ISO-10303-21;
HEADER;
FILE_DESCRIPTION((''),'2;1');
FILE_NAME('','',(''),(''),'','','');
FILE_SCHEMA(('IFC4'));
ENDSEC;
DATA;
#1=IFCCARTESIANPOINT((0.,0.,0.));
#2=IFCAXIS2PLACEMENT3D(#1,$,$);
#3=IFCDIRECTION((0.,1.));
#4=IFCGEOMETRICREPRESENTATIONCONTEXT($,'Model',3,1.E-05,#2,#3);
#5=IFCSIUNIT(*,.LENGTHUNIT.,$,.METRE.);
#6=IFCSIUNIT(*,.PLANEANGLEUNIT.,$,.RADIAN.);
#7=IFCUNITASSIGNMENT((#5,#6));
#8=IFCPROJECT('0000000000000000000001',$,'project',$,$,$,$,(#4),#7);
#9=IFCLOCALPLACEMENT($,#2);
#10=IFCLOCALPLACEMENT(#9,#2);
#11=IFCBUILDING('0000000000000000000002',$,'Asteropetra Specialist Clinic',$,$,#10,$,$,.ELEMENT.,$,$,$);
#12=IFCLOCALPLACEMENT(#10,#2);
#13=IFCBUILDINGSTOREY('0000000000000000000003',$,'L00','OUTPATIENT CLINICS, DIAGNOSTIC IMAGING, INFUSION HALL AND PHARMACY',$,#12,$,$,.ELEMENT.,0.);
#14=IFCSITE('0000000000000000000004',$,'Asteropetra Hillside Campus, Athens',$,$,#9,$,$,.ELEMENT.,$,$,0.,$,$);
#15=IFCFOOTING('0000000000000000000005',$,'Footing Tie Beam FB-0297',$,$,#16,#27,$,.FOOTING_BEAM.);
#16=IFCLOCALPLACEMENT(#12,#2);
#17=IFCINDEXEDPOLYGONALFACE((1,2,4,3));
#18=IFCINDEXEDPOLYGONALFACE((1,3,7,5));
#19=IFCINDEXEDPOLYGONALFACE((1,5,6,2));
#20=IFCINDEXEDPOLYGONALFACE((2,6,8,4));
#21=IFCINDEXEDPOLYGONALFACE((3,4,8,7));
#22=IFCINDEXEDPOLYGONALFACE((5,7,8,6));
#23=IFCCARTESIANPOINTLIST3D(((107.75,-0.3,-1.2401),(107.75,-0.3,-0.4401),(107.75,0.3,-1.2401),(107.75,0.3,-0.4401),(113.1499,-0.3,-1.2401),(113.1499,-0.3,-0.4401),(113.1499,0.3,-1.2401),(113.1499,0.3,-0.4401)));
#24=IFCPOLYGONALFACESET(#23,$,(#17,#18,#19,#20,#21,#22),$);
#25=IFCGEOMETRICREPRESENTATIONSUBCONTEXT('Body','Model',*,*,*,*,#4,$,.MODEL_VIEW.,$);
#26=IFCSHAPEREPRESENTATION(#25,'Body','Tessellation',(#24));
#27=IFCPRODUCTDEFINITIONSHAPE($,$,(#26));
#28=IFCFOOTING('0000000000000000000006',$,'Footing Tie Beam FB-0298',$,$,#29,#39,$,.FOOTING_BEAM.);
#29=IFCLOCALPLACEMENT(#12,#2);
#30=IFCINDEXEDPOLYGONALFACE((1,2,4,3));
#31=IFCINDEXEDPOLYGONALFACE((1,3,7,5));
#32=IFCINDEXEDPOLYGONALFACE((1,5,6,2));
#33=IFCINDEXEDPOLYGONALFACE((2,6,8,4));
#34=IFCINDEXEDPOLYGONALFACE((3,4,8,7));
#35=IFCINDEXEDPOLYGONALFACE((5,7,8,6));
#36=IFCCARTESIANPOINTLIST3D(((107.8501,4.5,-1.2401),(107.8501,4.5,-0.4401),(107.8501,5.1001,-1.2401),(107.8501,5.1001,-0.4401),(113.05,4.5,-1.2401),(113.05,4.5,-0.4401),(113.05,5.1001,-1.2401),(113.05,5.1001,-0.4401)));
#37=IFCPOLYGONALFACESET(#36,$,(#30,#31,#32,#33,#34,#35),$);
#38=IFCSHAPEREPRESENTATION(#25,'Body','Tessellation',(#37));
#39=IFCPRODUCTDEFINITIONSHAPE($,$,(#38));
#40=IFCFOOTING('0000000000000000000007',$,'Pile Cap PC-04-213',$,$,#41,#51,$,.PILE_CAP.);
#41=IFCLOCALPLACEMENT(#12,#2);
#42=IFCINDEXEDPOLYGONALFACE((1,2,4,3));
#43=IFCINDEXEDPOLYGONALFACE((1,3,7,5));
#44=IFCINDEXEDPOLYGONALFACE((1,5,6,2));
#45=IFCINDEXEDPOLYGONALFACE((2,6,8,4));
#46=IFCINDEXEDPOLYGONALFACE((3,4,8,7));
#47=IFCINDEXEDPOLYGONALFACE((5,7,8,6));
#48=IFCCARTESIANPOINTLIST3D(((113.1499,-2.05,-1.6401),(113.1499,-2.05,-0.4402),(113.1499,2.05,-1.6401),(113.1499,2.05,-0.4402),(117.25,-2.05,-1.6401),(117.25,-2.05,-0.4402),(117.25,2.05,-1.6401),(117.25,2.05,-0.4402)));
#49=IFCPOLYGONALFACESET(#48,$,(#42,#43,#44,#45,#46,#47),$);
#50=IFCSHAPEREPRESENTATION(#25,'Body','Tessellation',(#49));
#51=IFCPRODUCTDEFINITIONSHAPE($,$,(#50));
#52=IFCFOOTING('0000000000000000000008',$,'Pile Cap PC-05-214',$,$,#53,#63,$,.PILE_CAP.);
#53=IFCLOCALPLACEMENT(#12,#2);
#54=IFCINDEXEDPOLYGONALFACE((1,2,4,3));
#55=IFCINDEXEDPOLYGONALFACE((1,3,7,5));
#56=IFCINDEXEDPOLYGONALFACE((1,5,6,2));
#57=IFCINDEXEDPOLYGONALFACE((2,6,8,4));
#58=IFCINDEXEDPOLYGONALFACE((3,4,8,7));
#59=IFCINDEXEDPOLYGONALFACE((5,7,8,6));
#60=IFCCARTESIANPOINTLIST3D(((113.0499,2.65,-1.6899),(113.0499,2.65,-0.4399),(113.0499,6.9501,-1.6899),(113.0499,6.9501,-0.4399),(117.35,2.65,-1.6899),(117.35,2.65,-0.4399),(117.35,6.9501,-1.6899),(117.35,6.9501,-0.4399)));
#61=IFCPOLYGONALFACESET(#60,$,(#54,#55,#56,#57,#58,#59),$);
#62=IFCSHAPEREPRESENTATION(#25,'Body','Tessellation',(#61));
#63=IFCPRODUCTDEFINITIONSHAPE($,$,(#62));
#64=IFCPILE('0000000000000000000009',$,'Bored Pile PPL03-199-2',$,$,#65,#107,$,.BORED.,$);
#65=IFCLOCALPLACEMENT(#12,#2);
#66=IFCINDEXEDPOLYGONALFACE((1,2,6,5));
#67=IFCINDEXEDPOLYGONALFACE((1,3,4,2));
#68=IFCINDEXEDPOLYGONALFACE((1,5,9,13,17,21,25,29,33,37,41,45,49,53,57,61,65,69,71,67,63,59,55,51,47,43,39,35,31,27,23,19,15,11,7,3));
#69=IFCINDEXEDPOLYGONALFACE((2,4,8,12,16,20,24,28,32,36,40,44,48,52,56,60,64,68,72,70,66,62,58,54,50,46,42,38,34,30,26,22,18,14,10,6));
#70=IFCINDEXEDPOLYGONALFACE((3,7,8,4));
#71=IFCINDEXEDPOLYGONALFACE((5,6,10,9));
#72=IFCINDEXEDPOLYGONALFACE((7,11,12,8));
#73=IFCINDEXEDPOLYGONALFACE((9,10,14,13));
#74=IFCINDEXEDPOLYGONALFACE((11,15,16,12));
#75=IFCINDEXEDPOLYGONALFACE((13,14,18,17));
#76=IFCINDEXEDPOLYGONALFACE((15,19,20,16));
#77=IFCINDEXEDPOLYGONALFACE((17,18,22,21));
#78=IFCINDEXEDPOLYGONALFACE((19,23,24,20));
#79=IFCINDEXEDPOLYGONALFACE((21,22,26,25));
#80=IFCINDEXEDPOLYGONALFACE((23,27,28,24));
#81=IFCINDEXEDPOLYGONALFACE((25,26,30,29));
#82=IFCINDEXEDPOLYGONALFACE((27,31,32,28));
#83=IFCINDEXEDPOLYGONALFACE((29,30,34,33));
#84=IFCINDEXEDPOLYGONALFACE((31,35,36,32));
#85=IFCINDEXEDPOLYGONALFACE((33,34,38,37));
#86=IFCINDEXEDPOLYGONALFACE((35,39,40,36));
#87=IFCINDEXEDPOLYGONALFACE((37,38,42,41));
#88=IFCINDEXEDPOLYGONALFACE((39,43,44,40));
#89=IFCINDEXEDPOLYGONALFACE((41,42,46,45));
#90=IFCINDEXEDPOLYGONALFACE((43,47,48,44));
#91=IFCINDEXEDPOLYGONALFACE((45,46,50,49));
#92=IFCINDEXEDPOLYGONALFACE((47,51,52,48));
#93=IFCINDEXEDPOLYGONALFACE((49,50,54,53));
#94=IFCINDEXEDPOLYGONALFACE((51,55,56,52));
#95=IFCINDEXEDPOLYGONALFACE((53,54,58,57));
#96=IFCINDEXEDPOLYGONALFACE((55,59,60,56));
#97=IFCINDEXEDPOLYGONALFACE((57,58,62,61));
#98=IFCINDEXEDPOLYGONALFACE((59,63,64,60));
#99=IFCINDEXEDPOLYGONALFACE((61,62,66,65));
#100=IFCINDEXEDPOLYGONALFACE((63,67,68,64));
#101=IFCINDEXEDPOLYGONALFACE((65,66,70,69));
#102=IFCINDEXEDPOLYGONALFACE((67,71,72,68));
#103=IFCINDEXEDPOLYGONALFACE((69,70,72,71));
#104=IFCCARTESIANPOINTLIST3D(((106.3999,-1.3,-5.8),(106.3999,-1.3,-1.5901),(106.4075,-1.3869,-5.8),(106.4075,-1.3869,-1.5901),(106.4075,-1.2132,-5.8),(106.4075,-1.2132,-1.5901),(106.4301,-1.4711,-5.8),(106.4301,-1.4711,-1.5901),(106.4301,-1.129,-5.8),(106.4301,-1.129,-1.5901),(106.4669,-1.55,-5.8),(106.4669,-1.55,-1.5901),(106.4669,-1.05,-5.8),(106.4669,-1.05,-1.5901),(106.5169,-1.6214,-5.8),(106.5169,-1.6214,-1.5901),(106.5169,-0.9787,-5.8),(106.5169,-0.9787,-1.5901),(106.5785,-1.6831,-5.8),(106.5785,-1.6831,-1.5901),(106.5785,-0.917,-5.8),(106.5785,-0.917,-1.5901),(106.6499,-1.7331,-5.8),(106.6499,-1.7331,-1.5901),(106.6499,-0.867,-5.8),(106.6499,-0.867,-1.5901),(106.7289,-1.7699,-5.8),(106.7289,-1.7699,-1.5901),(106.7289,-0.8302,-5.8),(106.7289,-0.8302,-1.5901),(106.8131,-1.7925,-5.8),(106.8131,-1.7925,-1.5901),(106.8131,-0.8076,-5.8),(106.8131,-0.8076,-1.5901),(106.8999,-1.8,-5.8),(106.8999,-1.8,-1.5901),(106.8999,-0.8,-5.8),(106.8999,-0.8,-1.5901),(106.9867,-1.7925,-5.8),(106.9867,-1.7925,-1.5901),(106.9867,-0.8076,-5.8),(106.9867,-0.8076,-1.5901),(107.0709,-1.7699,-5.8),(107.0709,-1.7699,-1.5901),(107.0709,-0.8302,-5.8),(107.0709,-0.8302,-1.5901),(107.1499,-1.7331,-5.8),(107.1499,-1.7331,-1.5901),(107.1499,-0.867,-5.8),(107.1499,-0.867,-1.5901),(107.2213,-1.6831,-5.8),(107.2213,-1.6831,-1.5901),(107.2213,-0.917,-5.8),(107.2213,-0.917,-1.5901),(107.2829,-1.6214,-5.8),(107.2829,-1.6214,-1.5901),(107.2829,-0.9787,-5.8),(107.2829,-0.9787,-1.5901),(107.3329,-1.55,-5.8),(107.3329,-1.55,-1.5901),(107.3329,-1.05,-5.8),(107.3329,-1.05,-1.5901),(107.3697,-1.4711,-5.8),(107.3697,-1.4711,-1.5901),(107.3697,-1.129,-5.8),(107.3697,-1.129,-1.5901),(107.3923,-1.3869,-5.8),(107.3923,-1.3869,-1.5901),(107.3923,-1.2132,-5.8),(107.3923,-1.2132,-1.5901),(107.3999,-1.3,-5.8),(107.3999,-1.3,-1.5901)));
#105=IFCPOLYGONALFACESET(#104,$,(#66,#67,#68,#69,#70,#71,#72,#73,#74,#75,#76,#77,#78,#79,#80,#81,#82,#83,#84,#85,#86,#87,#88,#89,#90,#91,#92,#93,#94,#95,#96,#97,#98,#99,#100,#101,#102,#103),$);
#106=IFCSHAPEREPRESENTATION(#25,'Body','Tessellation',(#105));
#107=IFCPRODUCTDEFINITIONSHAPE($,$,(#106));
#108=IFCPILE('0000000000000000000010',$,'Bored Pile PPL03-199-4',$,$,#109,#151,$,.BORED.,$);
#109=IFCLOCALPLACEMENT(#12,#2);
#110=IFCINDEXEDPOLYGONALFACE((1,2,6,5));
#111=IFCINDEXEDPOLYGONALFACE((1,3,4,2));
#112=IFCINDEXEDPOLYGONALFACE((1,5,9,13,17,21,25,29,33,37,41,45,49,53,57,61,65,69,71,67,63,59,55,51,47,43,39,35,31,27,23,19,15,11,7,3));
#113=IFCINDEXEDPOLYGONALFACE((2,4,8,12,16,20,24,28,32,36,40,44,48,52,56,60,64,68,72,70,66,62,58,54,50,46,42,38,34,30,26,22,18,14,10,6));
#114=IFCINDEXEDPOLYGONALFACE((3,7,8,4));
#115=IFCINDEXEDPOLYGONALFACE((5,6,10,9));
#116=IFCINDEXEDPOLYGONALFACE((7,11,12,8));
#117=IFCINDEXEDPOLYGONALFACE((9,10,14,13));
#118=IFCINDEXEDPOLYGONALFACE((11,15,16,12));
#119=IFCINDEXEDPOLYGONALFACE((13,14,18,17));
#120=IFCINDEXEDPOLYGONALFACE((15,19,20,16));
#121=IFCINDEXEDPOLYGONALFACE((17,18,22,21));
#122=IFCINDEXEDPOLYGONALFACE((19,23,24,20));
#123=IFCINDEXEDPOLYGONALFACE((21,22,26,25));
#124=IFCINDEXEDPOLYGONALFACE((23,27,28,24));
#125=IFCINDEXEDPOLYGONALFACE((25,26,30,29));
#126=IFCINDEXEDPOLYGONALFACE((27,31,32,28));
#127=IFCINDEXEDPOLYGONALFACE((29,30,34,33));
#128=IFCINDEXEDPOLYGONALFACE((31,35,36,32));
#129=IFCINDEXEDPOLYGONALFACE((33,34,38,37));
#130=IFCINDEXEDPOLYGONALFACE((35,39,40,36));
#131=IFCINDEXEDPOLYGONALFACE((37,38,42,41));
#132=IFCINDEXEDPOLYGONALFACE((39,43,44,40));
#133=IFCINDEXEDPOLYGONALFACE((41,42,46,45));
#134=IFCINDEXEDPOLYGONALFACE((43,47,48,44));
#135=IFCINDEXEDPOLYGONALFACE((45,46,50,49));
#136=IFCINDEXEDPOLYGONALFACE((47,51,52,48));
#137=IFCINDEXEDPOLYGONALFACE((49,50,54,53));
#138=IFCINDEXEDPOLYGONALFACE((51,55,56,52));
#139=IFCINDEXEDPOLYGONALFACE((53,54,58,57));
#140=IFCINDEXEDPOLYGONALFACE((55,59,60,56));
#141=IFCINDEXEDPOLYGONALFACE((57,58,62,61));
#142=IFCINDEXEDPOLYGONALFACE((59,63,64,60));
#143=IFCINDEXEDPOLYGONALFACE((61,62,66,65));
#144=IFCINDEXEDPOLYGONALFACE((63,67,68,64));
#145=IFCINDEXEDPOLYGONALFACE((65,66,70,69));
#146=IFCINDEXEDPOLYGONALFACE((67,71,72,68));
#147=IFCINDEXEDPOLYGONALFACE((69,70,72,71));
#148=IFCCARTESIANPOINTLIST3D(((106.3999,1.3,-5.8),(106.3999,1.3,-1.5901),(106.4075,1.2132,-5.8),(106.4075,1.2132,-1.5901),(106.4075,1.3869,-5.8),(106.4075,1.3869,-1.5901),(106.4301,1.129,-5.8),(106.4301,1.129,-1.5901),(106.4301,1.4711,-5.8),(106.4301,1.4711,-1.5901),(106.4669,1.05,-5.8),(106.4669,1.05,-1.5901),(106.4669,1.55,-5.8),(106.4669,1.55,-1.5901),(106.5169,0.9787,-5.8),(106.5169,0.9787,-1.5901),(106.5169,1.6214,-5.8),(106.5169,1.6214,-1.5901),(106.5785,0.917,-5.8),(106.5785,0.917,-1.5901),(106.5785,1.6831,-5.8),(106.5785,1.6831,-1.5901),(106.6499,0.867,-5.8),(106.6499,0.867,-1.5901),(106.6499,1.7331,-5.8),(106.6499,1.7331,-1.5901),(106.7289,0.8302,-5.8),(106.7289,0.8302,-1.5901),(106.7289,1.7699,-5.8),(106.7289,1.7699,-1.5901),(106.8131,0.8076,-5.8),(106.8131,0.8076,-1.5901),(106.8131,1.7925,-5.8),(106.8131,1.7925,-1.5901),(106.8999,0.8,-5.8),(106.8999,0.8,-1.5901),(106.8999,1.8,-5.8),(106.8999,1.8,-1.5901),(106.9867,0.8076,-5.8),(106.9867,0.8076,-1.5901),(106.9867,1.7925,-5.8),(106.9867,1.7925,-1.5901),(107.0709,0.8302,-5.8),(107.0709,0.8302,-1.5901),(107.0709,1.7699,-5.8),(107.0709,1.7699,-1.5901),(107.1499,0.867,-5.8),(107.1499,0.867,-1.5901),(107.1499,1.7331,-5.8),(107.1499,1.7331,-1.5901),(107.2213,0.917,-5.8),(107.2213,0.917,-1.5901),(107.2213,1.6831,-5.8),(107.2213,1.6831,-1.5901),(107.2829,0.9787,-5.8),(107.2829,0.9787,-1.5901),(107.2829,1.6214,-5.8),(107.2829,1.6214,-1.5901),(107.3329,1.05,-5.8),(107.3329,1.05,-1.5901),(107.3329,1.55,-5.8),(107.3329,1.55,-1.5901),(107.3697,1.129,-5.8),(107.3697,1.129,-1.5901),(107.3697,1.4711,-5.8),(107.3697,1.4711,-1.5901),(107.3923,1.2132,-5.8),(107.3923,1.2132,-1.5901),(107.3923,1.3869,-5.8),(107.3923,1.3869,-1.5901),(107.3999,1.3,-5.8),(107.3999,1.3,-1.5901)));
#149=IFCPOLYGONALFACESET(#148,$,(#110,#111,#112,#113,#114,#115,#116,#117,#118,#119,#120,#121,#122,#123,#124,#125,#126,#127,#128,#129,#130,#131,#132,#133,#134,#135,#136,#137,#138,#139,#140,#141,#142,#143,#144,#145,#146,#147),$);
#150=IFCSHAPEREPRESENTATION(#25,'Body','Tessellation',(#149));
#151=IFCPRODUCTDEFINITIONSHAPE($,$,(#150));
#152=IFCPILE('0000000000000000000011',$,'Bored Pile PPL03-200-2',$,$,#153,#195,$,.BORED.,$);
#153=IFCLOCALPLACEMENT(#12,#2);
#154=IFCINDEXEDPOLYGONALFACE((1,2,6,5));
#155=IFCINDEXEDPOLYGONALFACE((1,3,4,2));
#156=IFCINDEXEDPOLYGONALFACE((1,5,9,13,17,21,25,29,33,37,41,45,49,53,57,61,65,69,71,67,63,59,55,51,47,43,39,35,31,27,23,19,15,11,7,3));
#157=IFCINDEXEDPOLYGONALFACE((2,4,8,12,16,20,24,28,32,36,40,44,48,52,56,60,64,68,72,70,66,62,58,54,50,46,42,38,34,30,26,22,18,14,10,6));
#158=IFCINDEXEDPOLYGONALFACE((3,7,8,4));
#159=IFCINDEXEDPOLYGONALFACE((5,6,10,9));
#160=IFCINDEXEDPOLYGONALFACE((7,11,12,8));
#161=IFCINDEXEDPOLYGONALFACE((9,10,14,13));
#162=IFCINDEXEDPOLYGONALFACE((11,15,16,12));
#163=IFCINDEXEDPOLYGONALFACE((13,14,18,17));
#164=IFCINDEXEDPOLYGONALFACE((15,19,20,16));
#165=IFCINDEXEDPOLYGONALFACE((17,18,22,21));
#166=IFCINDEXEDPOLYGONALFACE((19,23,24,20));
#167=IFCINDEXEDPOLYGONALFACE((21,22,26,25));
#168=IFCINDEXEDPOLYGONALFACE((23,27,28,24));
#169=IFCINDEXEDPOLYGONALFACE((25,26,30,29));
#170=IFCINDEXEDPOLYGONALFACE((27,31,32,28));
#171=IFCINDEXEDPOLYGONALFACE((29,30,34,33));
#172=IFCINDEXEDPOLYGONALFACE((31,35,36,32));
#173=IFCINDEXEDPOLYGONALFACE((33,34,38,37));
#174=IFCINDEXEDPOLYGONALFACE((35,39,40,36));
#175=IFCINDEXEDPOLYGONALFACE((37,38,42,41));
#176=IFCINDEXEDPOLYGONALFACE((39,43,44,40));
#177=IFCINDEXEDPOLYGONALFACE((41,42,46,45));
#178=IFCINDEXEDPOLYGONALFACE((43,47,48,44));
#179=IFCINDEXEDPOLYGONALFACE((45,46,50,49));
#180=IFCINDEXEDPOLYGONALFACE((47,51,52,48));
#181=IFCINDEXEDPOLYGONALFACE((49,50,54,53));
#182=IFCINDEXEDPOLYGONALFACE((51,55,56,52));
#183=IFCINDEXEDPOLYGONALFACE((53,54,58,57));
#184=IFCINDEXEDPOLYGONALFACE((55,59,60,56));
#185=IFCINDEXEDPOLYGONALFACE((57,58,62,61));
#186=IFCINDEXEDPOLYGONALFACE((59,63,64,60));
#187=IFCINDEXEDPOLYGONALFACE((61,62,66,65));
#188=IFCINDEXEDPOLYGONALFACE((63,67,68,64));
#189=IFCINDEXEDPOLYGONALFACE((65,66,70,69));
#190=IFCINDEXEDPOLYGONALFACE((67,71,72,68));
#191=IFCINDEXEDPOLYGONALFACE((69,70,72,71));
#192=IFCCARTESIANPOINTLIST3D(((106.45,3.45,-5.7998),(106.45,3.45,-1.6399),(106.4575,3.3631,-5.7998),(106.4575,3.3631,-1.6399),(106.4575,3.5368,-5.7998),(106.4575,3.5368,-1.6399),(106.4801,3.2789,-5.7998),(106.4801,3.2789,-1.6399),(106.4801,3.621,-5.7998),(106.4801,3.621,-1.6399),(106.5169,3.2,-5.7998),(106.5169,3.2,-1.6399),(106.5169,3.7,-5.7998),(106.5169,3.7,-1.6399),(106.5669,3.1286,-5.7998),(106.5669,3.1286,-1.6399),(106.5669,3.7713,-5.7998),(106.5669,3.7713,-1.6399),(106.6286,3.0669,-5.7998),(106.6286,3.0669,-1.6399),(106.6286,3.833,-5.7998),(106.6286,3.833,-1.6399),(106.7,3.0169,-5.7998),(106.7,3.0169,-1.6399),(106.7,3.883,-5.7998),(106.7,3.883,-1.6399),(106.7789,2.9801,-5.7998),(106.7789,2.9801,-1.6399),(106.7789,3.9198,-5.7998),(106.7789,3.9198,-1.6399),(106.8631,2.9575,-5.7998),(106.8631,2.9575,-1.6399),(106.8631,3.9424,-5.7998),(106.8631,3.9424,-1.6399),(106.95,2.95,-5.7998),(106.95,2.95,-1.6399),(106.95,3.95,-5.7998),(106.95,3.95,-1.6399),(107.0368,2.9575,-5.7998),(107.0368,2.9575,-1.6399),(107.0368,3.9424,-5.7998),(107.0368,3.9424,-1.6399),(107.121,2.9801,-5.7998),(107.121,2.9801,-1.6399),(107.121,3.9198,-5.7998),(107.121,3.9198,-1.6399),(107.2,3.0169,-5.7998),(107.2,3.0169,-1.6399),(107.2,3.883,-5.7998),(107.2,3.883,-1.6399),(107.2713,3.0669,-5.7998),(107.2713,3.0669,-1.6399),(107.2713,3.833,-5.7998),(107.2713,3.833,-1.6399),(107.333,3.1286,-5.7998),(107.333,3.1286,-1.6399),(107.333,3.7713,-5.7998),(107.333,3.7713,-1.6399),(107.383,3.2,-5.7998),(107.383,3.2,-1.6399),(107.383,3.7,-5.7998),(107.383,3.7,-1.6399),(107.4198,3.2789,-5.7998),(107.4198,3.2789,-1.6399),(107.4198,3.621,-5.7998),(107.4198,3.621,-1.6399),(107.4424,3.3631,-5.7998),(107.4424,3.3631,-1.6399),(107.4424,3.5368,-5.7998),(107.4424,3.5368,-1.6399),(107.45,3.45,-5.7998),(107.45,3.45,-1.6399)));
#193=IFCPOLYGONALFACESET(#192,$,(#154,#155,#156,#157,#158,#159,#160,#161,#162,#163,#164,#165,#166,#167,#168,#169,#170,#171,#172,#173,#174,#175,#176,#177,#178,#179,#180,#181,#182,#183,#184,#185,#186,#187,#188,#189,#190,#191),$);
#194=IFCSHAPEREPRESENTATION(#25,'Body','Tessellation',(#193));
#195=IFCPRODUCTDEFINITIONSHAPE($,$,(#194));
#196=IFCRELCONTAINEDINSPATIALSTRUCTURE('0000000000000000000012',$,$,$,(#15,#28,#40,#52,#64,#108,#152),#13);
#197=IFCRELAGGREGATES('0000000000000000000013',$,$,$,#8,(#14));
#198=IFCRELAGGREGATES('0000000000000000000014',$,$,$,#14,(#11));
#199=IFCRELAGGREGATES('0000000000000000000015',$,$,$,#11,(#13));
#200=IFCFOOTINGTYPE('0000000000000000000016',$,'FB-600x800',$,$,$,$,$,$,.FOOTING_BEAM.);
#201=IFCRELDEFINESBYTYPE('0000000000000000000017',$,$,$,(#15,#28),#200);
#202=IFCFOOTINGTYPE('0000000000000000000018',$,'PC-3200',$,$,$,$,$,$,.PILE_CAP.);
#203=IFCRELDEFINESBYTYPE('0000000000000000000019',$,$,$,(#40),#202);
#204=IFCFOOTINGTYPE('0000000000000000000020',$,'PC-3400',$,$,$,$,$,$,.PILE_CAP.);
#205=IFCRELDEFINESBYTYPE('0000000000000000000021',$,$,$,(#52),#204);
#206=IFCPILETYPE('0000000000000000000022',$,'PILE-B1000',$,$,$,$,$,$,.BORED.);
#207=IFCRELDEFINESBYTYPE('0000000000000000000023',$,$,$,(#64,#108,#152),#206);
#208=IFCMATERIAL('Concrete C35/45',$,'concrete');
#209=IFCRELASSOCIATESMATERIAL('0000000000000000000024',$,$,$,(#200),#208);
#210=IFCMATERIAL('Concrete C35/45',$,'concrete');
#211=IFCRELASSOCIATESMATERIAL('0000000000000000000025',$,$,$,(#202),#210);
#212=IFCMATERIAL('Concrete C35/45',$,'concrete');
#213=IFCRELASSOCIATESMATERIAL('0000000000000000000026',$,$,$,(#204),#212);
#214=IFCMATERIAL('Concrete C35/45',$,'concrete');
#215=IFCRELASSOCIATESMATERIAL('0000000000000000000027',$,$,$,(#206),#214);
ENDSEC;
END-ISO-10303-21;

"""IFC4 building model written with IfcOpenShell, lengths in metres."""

from ifc_helpers import new_model, si_unit, direction, frame, origin, origin_2d, place, context, subcontext, project, spatial, rectangle, circle, extrude, material, material_profile, profile_set, type_object, element, save


model = new_model("IFC4")

# Units and contexts
model_context = context("Model", 3, precision=1e-05, world=origin(), true_north=direction((0.0, 1.0)))
body_context = subcontext(model_context, "Body", "Model", "MODEL_VIEW")
ifc_project = project(units=[si_unit("LENGTHUNIT", "METRE"), si_unit("PLANEANGLEUNIT", "RADIAN")], contexts=[model_context])

# Site, building, storey
site_placement = place(None, origin())
site = spatial("IfcSite", under=ifc_project, at=site_placement, Name="Asteropetra Hillside Campus, Athens", CompositionType="ELEMENT", RefElevation=0.0)
building_placement = place(site_placement, origin())
building = spatial("IfcBuilding", under=site, at=building_placement, Name="Asteropetra Specialist Clinic", CompositionType="ELEMENT")
storey_placement = place(building_placement, origin())
storey = spatial("IfcBuildingStorey", under=building, at=storey_placement, Name="L00", Description="OUTPATIENT CLINICS, DIAGNOSTIC IMAGING, INFUSION HALL AND PHARMACY", CompositionType="ELEMENT", Elevation=0.0)

# Footings
ifc_material_1 = material(Name="Concrete C35/45", Category="concrete")
ifc_material_profile_1 = material_profile(ifc_material_1, rectangle(XDim=0.6001, YDim=0.8, at=origin_2d()), Name="FB 600x800")
ifc_profile_set_1 = profile_set([ifc_material_profile_1], Name="Concrete C35/45")
footing_type_1 = type_object("IfcFootingType", Name="FB-600x800", PredefinedType="FOOTING_BEAM", material=ifc_profile_set_1)
footing_1_placement = place(storey_placement, frame((107.75, 0.0, -0.8401), z_axis=(1.0, 0.0, 0.0), x_axis=(0.0, 1.0, 0.0)))
element("IfcFooting", 1, at=footing_1_placement, inside=storey, type_object=footing_type_1, Name="Footing Tie Beam FB-0297", PredefinedType="FOOTING_BEAM", context=body_context, shape_type="SweptSolid", body=[
    extrude(rectangle(XDim=0.6001, YDim=0.8, at=origin_2d()), origin(), (0.0, 0.0, 1.0), 5.3999),
])
footing_2_placement = place(storey_placement, frame((107.8501, 4.8, -0.8401), z_axis=(1.0, 0.0, 0.0), x_axis=(0.0, 1.0, 0.0)))
element("IfcFooting", 2, at=footing_2_placement, inside=storey, type_object=footing_type_1, Name="Footing Tie Beam FB-0298", PredefinedType="FOOTING_BEAM", context=body_context, shape_type="SweptSolid", body=[
    extrude(rectangle(XDim=0.6001, YDim=0.8, at=origin_2d()), origin(), (0.0, 0.0, 1.0), 5.2),
])
ifc_material_2 = material(Name="Concrete C35/45", Category="concrete")
footing_type_2 = type_object("IfcFootingType", Name="PC-3200", PredefinedType="PILE_CAP", material=ifc_material_2)
footing_3_placement = place(storey_placement, frame((115.2, 0.0, -1.6401), z_axis=(0.0, 0.0, 1.0), x_axis=(1.0, 0.0, 0.0)))
element("IfcFooting", 3, at=footing_3_placement, inside=storey, type_object=footing_type_2, Name="Pile Cap PC-04-213", PredefinedType="PILE_CAP", context=body_context, shape_type="SweptSolid", body=[
    extrude(rectangle(XDim=4.1001, YDim=4.1001, at=origin_2d()), origin(), (0.0, 0.0, 1.0), 1.2),
])
ifc_material_3 = material(Name="Concrete C35/45", Category="concrete")
footing_type_3 = type_object("IfcFootingType", Name="PC-3400", PredefinedType="PILE_CAP", material=ifc_material_3)
footing_4_placement = place(storey_placement, frame((115.2, 4.8, -1.6899), z_axis=(0.0, 0.0, 1.0), x_axis=(1.0, 0.0, 0.0)))
element("IfcFooting", 4, at=footing_4_placement, inside=storey, type_object=footing_type_3, Name="Pile Cap PC-05-214", PredefinedType="PILE_CAP", context=body_context, shape_type="SweptSolid", body=[
    extrude(rectangle(XDim=4.3, YDim=4.3, at=origin_2d()), origin(), (0.0, 0.0, 1.0), 1.25),
])

# Piles
ifc_material_4 = material(Name="Concrete C35/45", Category="concrete")
ifc_material_profile_2 = material_profile(ifc_material_4, circle(Radius=0.5, at=origin_2d()), Name="PILE D1000")
ifc_profile_set_2 = profile_set([ifc_material_profile_2], Name="Concrete C35/45")
pile_type_1 = type_object("IfcPileType", Name="PILE-B1000", PredefinedType="BORED", material=ifc_profile_set_2)
for number, where, z_axis, x_axis, name in (
    (5, (106.8999, -1.3, -1.5901), (0.0, 0.0, -1.0), (1.0, 0.0, 0.0), "Bored Pile PPL03-199-2"),
    (6, (106.8999, 1.3, -1.5901), (0.0, 0.0, -1.0), (1.0, 0.0, 0.0), "Bored Pile PPL03-199-4"),
):
    element("IfcPile", number, at=place(storey_placement, frame(where, z_axis=z_axis, x_axis=x_axis)), inside=storey, type_object=pile_type_1, Name=name, PredefinedType="BORED", context=body_context, shape_type="SweptSolid", body=[
        extrude(circle(Radius=0.5, at=origin_2d()), origin(), (0.0, 0.0, 1.0), 4.21),
    ])
for number, where, z_axis, x_axis, name in (
    (7, (106.95, 3.45, -1.6399), (0.0, 0.0, -1.0), (1.0, 0.0, 0.0), "Bored Pile PPL03-200-2"),
):
    element("IfcPile", number, at=place(storey_placement, frame(where, z_axis=z_axis, x_axis=x_axis)), inside=storey, type_object=pile_type_1, Name=name, PredefinedType="BORED", context=body_context, shape_type="SweptSolid", body=[
        extrude(circle(Radius=0.5, at=origin_2d()), origin(), (0.0, 0.0, 1.0), 4.1599),
    ])

save(model, "model.ifc")
